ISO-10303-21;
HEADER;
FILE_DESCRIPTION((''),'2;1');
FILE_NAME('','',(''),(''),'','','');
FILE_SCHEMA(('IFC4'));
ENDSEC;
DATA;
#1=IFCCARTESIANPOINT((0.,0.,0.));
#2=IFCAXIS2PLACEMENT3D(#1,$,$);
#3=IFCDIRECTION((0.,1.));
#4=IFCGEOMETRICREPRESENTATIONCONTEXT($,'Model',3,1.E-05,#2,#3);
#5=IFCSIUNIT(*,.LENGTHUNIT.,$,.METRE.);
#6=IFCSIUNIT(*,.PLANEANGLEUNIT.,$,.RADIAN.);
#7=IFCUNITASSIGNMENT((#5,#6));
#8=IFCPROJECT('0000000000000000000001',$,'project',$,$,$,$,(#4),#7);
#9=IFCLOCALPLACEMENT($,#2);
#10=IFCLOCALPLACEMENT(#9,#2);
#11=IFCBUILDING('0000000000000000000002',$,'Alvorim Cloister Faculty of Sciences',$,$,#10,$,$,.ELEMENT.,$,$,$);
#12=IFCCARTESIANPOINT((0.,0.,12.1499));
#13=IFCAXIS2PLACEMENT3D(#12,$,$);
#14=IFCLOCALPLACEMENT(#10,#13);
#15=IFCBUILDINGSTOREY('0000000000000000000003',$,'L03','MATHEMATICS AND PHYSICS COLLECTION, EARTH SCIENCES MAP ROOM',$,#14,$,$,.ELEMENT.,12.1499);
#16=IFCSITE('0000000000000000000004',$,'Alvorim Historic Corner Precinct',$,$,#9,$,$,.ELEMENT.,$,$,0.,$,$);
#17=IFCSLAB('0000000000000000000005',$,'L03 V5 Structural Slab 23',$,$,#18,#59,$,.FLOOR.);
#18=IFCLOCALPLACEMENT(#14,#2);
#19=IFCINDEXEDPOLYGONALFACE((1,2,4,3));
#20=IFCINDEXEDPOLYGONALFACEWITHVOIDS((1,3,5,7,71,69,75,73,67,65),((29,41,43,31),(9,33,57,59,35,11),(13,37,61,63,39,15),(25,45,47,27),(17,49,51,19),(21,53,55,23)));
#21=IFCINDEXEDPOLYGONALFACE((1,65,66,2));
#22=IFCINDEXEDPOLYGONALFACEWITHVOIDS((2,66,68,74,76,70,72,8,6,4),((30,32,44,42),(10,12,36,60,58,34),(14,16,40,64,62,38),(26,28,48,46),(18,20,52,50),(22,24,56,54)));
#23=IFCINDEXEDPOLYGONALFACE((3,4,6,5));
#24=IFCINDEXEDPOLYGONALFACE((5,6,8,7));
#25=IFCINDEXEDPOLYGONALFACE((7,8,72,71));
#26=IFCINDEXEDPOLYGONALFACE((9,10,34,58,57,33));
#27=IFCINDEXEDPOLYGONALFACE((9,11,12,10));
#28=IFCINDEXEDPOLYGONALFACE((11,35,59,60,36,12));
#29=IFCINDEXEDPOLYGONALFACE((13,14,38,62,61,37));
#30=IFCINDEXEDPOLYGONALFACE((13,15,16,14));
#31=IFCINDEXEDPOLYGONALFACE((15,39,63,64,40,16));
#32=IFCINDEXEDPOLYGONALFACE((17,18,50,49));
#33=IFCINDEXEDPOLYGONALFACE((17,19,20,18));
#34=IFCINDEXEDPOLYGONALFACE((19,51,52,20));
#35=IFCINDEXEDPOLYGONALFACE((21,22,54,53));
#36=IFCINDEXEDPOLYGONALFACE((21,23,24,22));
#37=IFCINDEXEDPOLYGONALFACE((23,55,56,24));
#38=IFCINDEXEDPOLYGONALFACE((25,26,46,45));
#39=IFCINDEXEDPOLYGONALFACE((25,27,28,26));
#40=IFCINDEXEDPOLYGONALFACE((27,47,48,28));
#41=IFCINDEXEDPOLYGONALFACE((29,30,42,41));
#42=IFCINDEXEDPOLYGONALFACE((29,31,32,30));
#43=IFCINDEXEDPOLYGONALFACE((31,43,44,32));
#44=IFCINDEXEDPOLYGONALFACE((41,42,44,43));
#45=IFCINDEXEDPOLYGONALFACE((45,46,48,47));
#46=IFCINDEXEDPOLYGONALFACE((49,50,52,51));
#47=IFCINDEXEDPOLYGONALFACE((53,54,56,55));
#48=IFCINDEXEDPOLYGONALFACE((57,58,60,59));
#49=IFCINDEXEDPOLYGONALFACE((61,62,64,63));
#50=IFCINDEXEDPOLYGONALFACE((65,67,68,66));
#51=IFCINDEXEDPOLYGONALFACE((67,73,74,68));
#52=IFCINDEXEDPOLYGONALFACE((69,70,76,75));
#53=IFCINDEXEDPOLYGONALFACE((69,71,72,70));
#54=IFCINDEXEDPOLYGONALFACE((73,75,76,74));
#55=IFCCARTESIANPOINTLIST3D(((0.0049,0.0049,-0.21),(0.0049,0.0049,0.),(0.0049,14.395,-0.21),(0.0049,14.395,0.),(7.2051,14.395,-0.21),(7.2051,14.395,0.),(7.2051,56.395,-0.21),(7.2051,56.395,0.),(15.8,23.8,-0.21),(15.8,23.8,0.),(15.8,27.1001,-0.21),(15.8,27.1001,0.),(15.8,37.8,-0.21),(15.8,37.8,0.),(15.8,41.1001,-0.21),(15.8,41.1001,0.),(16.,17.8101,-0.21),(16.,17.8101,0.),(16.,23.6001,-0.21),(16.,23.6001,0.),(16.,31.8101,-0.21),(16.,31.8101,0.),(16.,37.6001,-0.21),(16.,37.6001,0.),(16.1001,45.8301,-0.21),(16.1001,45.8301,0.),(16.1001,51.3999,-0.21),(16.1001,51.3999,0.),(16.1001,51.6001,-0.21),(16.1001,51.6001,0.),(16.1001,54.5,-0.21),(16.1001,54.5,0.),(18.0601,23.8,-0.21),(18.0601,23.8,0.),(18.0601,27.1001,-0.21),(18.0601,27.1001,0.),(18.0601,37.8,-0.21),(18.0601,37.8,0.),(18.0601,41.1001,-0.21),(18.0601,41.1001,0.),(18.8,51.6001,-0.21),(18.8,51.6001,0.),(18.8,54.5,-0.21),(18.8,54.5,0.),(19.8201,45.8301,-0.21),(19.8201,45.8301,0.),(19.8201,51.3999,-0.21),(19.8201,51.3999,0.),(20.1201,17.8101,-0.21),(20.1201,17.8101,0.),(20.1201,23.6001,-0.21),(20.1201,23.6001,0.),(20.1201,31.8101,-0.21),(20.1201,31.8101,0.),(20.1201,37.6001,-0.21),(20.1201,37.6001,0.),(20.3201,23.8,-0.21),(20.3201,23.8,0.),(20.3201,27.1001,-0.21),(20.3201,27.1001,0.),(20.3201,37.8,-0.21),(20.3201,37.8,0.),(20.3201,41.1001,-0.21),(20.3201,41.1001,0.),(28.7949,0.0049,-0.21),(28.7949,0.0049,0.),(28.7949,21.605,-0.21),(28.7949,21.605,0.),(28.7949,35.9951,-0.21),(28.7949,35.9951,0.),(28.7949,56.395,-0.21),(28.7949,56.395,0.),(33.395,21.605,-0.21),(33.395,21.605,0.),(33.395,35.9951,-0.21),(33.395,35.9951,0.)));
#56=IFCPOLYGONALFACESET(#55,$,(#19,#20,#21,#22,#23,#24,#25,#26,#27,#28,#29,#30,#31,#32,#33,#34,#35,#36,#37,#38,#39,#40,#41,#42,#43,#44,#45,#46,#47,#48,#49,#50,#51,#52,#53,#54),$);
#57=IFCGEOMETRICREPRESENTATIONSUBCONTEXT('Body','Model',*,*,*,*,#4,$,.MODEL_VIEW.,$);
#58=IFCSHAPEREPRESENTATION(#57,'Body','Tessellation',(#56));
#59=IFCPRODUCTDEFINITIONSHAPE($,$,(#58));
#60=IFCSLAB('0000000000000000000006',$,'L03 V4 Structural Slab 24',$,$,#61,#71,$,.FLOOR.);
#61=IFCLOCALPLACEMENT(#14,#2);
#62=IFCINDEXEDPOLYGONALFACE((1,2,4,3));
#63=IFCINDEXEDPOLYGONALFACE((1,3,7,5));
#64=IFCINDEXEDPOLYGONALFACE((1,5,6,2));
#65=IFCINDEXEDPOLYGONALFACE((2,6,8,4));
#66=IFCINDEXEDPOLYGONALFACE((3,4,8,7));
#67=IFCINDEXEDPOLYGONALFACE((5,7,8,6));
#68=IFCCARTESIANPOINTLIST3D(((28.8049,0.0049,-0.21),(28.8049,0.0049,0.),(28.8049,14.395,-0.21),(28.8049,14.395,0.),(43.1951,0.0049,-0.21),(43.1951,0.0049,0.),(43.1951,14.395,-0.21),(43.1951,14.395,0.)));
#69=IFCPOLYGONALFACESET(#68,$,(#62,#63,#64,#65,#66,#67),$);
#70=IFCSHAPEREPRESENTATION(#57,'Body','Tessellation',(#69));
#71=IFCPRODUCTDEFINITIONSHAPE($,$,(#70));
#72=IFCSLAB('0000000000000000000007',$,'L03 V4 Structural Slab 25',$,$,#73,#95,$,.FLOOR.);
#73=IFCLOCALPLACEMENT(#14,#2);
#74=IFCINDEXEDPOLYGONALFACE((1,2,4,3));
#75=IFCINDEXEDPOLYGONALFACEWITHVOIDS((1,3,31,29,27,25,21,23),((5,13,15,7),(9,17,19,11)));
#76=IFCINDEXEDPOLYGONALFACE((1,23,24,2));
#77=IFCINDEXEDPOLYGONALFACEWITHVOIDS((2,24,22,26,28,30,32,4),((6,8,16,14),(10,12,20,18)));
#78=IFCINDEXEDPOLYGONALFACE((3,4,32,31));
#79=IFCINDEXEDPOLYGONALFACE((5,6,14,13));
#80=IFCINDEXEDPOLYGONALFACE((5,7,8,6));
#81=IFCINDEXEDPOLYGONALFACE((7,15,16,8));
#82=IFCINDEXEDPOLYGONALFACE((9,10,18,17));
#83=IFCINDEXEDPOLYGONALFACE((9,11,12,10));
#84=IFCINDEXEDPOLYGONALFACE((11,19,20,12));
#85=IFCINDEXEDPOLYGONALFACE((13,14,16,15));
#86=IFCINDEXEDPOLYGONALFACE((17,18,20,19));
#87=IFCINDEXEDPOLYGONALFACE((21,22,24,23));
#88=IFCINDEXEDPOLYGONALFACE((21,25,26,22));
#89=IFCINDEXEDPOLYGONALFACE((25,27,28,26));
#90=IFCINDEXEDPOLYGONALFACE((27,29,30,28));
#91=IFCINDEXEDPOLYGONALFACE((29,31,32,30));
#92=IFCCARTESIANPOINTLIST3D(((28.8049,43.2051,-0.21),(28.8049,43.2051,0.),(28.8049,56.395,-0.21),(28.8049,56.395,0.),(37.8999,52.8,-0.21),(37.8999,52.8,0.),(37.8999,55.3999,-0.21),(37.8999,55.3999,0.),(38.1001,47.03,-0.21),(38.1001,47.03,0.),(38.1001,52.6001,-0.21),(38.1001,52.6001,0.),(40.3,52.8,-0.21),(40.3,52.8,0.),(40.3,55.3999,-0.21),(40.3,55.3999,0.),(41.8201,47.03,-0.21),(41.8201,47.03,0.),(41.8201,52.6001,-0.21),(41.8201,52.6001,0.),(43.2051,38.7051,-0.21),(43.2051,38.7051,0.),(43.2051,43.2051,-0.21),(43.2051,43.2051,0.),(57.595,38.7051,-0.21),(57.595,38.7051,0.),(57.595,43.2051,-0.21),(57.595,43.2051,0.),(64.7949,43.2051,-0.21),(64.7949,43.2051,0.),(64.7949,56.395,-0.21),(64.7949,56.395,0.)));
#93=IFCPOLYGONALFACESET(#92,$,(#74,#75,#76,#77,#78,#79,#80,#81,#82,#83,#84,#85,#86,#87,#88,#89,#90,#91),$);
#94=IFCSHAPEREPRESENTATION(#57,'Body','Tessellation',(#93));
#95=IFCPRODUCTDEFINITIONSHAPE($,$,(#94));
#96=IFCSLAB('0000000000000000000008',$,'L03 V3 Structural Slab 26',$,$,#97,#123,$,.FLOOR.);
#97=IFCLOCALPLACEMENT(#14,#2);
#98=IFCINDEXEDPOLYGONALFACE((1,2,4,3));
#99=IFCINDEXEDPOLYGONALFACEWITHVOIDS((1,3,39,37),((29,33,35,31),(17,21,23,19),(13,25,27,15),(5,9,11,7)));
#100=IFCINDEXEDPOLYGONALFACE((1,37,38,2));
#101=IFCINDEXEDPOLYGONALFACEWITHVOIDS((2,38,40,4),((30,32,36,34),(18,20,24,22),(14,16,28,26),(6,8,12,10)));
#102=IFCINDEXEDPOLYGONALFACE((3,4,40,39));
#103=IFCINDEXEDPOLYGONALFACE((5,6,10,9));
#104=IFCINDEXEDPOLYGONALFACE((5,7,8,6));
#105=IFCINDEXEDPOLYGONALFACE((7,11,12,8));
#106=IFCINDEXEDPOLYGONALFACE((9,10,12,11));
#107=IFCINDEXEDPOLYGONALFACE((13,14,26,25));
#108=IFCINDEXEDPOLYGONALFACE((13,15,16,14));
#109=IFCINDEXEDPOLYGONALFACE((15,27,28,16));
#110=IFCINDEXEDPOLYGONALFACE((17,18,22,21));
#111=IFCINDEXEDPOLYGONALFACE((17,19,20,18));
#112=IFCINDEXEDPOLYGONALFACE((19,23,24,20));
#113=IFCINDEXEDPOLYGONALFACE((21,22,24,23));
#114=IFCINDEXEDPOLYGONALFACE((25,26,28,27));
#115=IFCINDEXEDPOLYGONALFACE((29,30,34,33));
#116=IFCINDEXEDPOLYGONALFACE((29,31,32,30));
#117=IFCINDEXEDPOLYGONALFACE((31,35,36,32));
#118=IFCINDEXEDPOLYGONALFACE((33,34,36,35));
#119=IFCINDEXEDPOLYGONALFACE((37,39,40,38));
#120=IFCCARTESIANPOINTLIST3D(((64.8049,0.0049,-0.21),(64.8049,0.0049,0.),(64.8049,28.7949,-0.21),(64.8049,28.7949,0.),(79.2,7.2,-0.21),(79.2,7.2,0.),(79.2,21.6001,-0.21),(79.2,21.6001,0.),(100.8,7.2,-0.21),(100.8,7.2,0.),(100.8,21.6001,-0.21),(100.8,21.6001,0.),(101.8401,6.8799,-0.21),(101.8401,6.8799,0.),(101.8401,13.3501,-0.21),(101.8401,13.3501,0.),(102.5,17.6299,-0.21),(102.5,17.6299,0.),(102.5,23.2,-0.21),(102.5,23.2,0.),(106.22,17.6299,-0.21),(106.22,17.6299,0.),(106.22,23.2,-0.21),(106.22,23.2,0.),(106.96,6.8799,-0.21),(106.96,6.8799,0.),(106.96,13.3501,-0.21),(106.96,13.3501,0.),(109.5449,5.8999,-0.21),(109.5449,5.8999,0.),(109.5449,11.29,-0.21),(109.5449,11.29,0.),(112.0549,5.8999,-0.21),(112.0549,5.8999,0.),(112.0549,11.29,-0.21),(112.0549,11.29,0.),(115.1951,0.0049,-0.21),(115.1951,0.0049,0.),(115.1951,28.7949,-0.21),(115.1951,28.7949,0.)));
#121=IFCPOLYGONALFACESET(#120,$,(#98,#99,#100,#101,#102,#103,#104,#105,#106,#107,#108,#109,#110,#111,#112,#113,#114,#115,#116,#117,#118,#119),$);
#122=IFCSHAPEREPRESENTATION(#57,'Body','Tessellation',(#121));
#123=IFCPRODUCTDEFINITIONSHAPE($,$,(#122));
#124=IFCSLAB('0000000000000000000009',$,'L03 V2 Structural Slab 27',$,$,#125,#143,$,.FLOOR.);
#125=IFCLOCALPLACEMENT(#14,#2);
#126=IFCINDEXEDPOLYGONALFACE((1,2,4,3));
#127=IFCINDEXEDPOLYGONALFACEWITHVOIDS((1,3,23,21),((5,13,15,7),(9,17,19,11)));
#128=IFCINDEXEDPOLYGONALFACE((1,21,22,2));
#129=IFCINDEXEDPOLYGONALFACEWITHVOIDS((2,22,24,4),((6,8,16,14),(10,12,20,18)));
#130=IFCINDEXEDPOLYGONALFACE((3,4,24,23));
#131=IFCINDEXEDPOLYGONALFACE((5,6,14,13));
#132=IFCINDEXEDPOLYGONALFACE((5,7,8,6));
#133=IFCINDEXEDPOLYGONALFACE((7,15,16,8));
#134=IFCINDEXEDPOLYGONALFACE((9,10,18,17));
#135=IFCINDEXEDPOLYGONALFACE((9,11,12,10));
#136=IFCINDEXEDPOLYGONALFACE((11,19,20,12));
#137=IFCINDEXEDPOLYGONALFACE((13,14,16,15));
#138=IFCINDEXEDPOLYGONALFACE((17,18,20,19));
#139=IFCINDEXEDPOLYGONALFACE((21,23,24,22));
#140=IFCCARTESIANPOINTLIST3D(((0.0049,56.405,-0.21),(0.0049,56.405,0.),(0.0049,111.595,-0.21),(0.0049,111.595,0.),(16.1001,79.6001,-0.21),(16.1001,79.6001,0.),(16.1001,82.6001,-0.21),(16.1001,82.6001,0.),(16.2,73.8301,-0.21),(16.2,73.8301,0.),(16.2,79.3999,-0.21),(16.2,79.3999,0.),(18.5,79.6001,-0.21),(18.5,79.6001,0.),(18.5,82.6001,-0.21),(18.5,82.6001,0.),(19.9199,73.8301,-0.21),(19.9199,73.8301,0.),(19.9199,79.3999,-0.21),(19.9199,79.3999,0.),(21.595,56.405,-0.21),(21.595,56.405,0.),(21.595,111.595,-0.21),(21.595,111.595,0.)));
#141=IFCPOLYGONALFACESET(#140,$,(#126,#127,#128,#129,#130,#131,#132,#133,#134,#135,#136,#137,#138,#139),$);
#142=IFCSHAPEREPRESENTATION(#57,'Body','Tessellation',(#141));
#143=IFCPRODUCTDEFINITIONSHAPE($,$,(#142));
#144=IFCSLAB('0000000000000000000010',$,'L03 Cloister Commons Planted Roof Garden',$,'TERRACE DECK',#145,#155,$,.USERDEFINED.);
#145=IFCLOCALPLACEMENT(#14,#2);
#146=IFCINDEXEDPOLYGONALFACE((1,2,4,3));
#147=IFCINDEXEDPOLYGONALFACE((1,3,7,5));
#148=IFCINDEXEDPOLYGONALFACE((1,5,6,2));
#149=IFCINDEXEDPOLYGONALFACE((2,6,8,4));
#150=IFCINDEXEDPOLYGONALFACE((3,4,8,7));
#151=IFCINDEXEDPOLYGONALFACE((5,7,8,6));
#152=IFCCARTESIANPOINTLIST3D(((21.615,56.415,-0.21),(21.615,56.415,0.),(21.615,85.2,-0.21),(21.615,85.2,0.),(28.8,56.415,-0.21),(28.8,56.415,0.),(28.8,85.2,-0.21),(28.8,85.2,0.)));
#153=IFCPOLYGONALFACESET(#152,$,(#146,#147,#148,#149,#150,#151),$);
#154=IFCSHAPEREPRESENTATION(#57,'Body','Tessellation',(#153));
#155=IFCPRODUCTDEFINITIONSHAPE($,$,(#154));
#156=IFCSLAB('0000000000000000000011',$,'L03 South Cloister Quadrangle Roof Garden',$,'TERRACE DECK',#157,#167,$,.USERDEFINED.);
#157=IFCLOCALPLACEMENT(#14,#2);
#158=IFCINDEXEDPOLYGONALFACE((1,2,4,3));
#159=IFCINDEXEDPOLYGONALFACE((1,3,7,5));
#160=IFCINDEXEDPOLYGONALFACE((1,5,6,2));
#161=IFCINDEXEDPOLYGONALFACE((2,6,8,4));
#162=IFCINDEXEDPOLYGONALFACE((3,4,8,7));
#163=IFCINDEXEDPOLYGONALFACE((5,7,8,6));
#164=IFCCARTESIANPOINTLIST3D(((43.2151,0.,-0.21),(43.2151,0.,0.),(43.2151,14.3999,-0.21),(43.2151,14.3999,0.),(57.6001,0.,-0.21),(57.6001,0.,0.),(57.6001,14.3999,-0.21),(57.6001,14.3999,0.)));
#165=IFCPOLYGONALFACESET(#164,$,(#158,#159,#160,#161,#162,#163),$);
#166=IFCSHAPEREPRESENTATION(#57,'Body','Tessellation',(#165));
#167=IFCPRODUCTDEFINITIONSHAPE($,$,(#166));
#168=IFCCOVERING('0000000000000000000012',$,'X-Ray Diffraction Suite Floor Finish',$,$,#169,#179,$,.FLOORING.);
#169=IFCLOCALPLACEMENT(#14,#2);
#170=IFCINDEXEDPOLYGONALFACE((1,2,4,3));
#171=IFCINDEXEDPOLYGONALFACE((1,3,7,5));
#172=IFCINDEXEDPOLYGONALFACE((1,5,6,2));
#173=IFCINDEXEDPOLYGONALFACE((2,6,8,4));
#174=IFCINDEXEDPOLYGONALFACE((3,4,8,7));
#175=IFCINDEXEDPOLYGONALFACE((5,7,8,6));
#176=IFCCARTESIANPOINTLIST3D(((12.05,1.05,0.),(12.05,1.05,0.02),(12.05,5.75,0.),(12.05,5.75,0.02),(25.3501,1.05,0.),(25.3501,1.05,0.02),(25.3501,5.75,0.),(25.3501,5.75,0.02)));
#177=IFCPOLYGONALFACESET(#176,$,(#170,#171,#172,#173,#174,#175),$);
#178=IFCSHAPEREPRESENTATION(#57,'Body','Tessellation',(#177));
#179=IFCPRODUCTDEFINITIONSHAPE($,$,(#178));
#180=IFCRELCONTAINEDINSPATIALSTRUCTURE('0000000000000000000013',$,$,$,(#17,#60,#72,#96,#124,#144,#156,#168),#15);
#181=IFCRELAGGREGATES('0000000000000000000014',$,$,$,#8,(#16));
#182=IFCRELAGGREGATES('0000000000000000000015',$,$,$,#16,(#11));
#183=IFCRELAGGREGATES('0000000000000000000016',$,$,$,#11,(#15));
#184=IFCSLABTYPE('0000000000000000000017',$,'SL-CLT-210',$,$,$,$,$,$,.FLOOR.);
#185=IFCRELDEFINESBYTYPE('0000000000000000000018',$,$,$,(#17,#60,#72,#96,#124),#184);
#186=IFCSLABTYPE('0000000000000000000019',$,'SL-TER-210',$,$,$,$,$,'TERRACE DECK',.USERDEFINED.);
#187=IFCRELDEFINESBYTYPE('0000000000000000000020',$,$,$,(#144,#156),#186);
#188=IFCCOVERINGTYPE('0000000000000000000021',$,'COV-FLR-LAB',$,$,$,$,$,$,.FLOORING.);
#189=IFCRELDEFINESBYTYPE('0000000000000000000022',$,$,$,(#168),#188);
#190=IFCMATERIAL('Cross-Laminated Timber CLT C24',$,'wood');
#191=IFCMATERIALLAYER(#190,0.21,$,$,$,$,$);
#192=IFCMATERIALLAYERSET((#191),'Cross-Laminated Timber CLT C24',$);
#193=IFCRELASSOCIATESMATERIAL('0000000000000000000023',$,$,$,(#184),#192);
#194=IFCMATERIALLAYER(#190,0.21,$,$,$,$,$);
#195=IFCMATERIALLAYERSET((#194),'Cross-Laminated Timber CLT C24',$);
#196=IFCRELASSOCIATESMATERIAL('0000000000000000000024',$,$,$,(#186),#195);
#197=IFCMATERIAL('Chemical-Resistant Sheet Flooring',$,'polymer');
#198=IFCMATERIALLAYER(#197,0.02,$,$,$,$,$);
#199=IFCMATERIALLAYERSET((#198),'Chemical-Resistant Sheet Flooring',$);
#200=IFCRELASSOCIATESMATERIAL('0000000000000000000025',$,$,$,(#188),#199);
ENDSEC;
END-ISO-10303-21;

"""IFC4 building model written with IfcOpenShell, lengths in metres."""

from ifc_helpers import new_model, si_unit, direction, frame, origin, place, context, subcontext, project, spatial, polyline, outline, extrude, material, layer, layer_set, type_object, element, save


model = new_model("IFC4")

# Units and contexts
model_context = context("Model", 3, precision=1e-05, world=origin(), true_north=direction((0.0, 1.0)))
body_context = subcontext(model_context, "Body", "Model", "MODEL_VIEW")
ifc_project = project(units=[si_unit("LENGTHUNIT", "METRE"), si_unit("PLANEANGLEUNIT", "RADIAN")], contexts=[model_context])

# Site, building, storey
site_placement = place(None, origin())
site = spatial("IfcSite", under=ifc_project, at=site_placement, Name="Alvorim Historic Corner Precinct", CompositionType="ELEMENT", RefElevation=0.0)
building_placement = place(site_placement, origin())
building = spatial("IfcBuilding", under=site, at=building_placement, Name="Alvorim Cloister Faculty of Sciences", CompositionType="ELEMENT")
storey_placement = place(building_placement, frame((0.0, 0.0, 12.1499)))
storey = spatial("IfcBuildingStorey", under=building, at=storey_placement, Name="L03", Description="MATHEMATICS AND PHYSICS COLLECTION, EARTH SCIENCES MAP ROOM", CompositionType="ELEMENT", Elevation=12.1499)

# Slabs
ifc_material_1 = material(Name="Cross-Laminated Timber CLT C24", Category="wood")
ifc_layer_1 = layer(ifc_material_1, 0.21)
ifc_layer_set_1 = layer_set([ifc_layer_1], Name="Cross-Laminated Timber CLT C24")
slab_type_1 = type_object("IfcSlabType", Name="SL-CLT-210", PredefinedType="FLOOR", material=ifc_layer_set_1)
slab_1_placement = place(storey_placement, frame((0.0, 0.0, -0.21)))
element("IfcSlab", 1, at=slab_1_placement, inside=storey, type_object=slab_type_1, Name="L03 V5 Structural Slab 23", PredefinedType="FLOOR", context=body_context, shape_type="SweptSolid", body=[
    extrude(outline(polyline([(0.0049, 14.395), (7.2051, 14.395), (7.2051, 56.395), (28.7949, 56.395), (28.7949, 35.9951), (33.395, 35.9951), (33.395, 21.605), (28.7949, 21.605), (28.7949, 0.0049), (0.0049, 0.0049), (0.0049, 14.395)]), holes=[polyline([(20.1201, 23.6001), (16.0, 23.6001), (16.0, 17.8101), (20.1201, 17.8101), (20.1201, 23.6001)]), polyline([(18.0601, 23.8), (20.3201, 23.8), (20.3201, 27.1001), (18.0601, 27.1001), (15.8, 27.1001), (15.8, 23.8), (18.0601, 23.8)]), polyline([(20.1201, 37.6001), (16.0, 37.6001), (16.0, 31.8101), (20.1201, 31.8101), (20.1201, 37.6001)]), polyline([(18.0601, 37.8), (20.3201, 37.8), (20.3201, 41.1001), (18.0601, 41.1001), (15.8, 41.1001), (15.8, 37.8), (18.0601, 37.8)]), polyline([(19.8201, 51.3999), (16.1001, 51.3999), (16.1001, 45.8301), (19.8201, 45.8301), (19.8201, 51.3999)]), polyline([(18.8, 54.5), (16.1001, 54.5), (16.1001, 51.6001), (18.8, 51.6001), (18.8, 54.5)])]), origin(), (0.0, 0.0, 1.0), 0.21),
])
slab_2_placement = place(storey_placement, frame((0.0, 0.0, -0.21)))
element("IfcSlab", 2, at=slab_2_placement, inside=storey, type_object=slab_type_1, Name="L03 V4 Structural Slab 24", PredefinedType="FLOOR", context=body_context, shape_type="SweptSolid", body=[
    extrude(outline(polyline([(28.8049, 14.395), (43.1951, 14.395), (43.1951, 0.0049), (28.8049, 0.0049), (28.8049, 14.395)])), origin(), (0.0, 0.0, 1.0), 0.21),
])
slab_3_placement = place(storey_placement, frame((0.0, 0.0, -0.21)))
element("IfcSlab", 3, at=slab_3_placement, inside=storey, type_object=slab_type_1, Name="L03 V4 Structural Slab 25", PredefinedType="FLOOR", context=body_context, shape_type="SweptSolid", body=[
    extrude(outline(polyline([(43.2051, 43.2051), (28.8049, 43.2051), (28.8049, 56.395), (64.7949, 56.395), (64.7949, 43.2051), (57.595, 43.2051), (57.595, 38.7051), (43.2051, 38.7051), (43.2051, 43.2051)]), holes=[polyline([(41.8201, 52.6001), (38.1001, 52.6001), (38.1001, 47.03), (41.8201, 47.03), (41.8201, 52.6001)]), polyline([(40.3, 55.3999), (37.8999, 55.3999), (37.8999, 52.8), (40.3, 52.8), (40.3, 55.3999)])]), origin(), (0.0, 0.0, 1.0), 0.21),
])
slab_4_placement = place(storey_placement, frame((0.0, 0.0, -0.21)))
element("IfcSlab", 4, at=slab_4_placement, inside=storey, type_object=slab_type_1, Name="L03 V3 Structural Slab 26", PredefinedType="FLOOR", context=body_context, shape_type="SweptSolid", body=[
    extrude(outline(polyline([(64.8049, 0.0049), (64.8049, 28.7949), (115.1951, 28.7949), (115.1951, 0.0049), (64.8049, 0.0049)]), holes=[polyline([(112.0549, 11.29), (109.5449, 11.29), (109.5449, 5.8999), (112.0549, 5.8999), (112.0549, 11.29)]), polyline([(106.96, 13.3501), (101.8401, 13.3501), (101.8401, 6.8799), (106.96, 6.8799), (106.96, 13.3501)]), polyline([(100.8, 21.6001), (79.2, 21.6001), (79.2, 7.2), (100.8, 7.2), (100.8, 21.6001)]), polyline([(106.22, 23.2), (102.5, 23.2), (102.5, 17.6299), (106.22, 17.6299), (106.22, 23.2)])]), origin(), (0.0, 0.0, 1.0), 0.21),
])
slab_5_placement = place(storey_placement, frame((0.0, 0.0, -0.21)))
element("IfcSlab", 5, at=slab_5_placement, inside=storey, type_object=slab_type_1, Name="L03 V2 Structural Slab 27", PredefinedType="FLOOR", context=body_context, shape_type="SweptSolid", body=[
    extrude(outline(polyline([(0.0049, 56.405), (0.0049, 111.595), (21.595, 111.595), (21.595, 56.405), (0.0049, 56.405)]), holes=[polyline([(19.9199, 79.3999), (16.2, 79.3999), (16.2, 73.8301), (19.9199, 73.8301), (19.9199, 79.3999)]), polyline([(18.5, 82.6001), (16.1001, 82.6001), (16.1001, 79.6001), (18.5, 79.6001), (18.5, 82.6001)])]), origin(), (0.0, 0.0, 1.0), 0.21),
])
ifc_layer_2 = layer(ifc_material_1, 0.21)
ifc_layer_set_2 = layer_set([ifc_layer_2], Name="Cross-Laminated Timber CLT C24")
slab_type_2 = type_object("IfcSlabType", Name="SL-TER-210", ElementType="TERRACE DECK", PredefinedType="USERDEFINED", material=ifc_layer_set_2)
slab_6_placement = place(storey_placement, frame((0.0, 0.0, -0.21)))
element("IfcSlab", 6, at=slab_6_placement, inside=storey, type_object=slab_type_2, Name="L03 Cloister Commons Planted Roof Garden", ObjectType="TERRACE DECK", PredefinedType="USERDEFINED", context=body_context, shape_type="SweptSolid", body=[
    extrude(outline(polyline([(28.8, 85.2), (28.8, 56.415), (21.615, 56.415), (21.615, 85.2), (28.8, 85.2)])), origin(), (0.0, 0.0, 1.0), 0.21),
])
slab_7_placement = place(storey_placement, frame((0.0, 0.0, -0.21)))
element("IfcSlab", 7, at=slab_7_placement, inside=storey, type_object=slab_type_2, Name="L03 South Cloister Quadrangle Roof Garden", ObjectType="TERRACE DECK", PredefinedType="USERDEFINED", context=body_context, shape_type="SweptSolid", body=[
    extrude(outline(polyline([(57.6001, 14.3999), (57.6001, 0.0), (43.2151, 0.0), (43.2151, 14.3999), (57.6001, 14.3999)])), origin(), (0.0, 0.0, 1.0), 0.21),
])

# Covering
ifc_material_2 = material(Name="Chemical-Resistant Sheet Flooring", Category="polymer")
ifc_layer_3 = layer(ifc_material_2, 0.02)
ifc_layer_set_3 = layer_set([ifc_layer_3], Name="Chemical-Resistant Sheet Flooring")
covering_type_1 = type_object("IfcCoveringType", Name="COV-FLR-LAB", PredefinedType="FLOORING", material=ifc_layer_set_3)
covering_1_placement = place(storey_placement, origin())
element("IfcCovering", 8, at=covering_1_placement, inside=storey, type_object=covering_type_1, Name="X-Ray Diffraction Suite Floor Finish", PredefinedType="FLOORING", context=body_context, shape_type="SweptSolid", body=[
    extrude(outline(polyline([(12.05, 1.05), (25.3501, 1.05), (25.3501, 5.75), (12.05, 5.75), (12.05, 1.05)])), origin(), (0.0, 0.0, 1.0), 0.02),
])

save(model, "model.ifc")
